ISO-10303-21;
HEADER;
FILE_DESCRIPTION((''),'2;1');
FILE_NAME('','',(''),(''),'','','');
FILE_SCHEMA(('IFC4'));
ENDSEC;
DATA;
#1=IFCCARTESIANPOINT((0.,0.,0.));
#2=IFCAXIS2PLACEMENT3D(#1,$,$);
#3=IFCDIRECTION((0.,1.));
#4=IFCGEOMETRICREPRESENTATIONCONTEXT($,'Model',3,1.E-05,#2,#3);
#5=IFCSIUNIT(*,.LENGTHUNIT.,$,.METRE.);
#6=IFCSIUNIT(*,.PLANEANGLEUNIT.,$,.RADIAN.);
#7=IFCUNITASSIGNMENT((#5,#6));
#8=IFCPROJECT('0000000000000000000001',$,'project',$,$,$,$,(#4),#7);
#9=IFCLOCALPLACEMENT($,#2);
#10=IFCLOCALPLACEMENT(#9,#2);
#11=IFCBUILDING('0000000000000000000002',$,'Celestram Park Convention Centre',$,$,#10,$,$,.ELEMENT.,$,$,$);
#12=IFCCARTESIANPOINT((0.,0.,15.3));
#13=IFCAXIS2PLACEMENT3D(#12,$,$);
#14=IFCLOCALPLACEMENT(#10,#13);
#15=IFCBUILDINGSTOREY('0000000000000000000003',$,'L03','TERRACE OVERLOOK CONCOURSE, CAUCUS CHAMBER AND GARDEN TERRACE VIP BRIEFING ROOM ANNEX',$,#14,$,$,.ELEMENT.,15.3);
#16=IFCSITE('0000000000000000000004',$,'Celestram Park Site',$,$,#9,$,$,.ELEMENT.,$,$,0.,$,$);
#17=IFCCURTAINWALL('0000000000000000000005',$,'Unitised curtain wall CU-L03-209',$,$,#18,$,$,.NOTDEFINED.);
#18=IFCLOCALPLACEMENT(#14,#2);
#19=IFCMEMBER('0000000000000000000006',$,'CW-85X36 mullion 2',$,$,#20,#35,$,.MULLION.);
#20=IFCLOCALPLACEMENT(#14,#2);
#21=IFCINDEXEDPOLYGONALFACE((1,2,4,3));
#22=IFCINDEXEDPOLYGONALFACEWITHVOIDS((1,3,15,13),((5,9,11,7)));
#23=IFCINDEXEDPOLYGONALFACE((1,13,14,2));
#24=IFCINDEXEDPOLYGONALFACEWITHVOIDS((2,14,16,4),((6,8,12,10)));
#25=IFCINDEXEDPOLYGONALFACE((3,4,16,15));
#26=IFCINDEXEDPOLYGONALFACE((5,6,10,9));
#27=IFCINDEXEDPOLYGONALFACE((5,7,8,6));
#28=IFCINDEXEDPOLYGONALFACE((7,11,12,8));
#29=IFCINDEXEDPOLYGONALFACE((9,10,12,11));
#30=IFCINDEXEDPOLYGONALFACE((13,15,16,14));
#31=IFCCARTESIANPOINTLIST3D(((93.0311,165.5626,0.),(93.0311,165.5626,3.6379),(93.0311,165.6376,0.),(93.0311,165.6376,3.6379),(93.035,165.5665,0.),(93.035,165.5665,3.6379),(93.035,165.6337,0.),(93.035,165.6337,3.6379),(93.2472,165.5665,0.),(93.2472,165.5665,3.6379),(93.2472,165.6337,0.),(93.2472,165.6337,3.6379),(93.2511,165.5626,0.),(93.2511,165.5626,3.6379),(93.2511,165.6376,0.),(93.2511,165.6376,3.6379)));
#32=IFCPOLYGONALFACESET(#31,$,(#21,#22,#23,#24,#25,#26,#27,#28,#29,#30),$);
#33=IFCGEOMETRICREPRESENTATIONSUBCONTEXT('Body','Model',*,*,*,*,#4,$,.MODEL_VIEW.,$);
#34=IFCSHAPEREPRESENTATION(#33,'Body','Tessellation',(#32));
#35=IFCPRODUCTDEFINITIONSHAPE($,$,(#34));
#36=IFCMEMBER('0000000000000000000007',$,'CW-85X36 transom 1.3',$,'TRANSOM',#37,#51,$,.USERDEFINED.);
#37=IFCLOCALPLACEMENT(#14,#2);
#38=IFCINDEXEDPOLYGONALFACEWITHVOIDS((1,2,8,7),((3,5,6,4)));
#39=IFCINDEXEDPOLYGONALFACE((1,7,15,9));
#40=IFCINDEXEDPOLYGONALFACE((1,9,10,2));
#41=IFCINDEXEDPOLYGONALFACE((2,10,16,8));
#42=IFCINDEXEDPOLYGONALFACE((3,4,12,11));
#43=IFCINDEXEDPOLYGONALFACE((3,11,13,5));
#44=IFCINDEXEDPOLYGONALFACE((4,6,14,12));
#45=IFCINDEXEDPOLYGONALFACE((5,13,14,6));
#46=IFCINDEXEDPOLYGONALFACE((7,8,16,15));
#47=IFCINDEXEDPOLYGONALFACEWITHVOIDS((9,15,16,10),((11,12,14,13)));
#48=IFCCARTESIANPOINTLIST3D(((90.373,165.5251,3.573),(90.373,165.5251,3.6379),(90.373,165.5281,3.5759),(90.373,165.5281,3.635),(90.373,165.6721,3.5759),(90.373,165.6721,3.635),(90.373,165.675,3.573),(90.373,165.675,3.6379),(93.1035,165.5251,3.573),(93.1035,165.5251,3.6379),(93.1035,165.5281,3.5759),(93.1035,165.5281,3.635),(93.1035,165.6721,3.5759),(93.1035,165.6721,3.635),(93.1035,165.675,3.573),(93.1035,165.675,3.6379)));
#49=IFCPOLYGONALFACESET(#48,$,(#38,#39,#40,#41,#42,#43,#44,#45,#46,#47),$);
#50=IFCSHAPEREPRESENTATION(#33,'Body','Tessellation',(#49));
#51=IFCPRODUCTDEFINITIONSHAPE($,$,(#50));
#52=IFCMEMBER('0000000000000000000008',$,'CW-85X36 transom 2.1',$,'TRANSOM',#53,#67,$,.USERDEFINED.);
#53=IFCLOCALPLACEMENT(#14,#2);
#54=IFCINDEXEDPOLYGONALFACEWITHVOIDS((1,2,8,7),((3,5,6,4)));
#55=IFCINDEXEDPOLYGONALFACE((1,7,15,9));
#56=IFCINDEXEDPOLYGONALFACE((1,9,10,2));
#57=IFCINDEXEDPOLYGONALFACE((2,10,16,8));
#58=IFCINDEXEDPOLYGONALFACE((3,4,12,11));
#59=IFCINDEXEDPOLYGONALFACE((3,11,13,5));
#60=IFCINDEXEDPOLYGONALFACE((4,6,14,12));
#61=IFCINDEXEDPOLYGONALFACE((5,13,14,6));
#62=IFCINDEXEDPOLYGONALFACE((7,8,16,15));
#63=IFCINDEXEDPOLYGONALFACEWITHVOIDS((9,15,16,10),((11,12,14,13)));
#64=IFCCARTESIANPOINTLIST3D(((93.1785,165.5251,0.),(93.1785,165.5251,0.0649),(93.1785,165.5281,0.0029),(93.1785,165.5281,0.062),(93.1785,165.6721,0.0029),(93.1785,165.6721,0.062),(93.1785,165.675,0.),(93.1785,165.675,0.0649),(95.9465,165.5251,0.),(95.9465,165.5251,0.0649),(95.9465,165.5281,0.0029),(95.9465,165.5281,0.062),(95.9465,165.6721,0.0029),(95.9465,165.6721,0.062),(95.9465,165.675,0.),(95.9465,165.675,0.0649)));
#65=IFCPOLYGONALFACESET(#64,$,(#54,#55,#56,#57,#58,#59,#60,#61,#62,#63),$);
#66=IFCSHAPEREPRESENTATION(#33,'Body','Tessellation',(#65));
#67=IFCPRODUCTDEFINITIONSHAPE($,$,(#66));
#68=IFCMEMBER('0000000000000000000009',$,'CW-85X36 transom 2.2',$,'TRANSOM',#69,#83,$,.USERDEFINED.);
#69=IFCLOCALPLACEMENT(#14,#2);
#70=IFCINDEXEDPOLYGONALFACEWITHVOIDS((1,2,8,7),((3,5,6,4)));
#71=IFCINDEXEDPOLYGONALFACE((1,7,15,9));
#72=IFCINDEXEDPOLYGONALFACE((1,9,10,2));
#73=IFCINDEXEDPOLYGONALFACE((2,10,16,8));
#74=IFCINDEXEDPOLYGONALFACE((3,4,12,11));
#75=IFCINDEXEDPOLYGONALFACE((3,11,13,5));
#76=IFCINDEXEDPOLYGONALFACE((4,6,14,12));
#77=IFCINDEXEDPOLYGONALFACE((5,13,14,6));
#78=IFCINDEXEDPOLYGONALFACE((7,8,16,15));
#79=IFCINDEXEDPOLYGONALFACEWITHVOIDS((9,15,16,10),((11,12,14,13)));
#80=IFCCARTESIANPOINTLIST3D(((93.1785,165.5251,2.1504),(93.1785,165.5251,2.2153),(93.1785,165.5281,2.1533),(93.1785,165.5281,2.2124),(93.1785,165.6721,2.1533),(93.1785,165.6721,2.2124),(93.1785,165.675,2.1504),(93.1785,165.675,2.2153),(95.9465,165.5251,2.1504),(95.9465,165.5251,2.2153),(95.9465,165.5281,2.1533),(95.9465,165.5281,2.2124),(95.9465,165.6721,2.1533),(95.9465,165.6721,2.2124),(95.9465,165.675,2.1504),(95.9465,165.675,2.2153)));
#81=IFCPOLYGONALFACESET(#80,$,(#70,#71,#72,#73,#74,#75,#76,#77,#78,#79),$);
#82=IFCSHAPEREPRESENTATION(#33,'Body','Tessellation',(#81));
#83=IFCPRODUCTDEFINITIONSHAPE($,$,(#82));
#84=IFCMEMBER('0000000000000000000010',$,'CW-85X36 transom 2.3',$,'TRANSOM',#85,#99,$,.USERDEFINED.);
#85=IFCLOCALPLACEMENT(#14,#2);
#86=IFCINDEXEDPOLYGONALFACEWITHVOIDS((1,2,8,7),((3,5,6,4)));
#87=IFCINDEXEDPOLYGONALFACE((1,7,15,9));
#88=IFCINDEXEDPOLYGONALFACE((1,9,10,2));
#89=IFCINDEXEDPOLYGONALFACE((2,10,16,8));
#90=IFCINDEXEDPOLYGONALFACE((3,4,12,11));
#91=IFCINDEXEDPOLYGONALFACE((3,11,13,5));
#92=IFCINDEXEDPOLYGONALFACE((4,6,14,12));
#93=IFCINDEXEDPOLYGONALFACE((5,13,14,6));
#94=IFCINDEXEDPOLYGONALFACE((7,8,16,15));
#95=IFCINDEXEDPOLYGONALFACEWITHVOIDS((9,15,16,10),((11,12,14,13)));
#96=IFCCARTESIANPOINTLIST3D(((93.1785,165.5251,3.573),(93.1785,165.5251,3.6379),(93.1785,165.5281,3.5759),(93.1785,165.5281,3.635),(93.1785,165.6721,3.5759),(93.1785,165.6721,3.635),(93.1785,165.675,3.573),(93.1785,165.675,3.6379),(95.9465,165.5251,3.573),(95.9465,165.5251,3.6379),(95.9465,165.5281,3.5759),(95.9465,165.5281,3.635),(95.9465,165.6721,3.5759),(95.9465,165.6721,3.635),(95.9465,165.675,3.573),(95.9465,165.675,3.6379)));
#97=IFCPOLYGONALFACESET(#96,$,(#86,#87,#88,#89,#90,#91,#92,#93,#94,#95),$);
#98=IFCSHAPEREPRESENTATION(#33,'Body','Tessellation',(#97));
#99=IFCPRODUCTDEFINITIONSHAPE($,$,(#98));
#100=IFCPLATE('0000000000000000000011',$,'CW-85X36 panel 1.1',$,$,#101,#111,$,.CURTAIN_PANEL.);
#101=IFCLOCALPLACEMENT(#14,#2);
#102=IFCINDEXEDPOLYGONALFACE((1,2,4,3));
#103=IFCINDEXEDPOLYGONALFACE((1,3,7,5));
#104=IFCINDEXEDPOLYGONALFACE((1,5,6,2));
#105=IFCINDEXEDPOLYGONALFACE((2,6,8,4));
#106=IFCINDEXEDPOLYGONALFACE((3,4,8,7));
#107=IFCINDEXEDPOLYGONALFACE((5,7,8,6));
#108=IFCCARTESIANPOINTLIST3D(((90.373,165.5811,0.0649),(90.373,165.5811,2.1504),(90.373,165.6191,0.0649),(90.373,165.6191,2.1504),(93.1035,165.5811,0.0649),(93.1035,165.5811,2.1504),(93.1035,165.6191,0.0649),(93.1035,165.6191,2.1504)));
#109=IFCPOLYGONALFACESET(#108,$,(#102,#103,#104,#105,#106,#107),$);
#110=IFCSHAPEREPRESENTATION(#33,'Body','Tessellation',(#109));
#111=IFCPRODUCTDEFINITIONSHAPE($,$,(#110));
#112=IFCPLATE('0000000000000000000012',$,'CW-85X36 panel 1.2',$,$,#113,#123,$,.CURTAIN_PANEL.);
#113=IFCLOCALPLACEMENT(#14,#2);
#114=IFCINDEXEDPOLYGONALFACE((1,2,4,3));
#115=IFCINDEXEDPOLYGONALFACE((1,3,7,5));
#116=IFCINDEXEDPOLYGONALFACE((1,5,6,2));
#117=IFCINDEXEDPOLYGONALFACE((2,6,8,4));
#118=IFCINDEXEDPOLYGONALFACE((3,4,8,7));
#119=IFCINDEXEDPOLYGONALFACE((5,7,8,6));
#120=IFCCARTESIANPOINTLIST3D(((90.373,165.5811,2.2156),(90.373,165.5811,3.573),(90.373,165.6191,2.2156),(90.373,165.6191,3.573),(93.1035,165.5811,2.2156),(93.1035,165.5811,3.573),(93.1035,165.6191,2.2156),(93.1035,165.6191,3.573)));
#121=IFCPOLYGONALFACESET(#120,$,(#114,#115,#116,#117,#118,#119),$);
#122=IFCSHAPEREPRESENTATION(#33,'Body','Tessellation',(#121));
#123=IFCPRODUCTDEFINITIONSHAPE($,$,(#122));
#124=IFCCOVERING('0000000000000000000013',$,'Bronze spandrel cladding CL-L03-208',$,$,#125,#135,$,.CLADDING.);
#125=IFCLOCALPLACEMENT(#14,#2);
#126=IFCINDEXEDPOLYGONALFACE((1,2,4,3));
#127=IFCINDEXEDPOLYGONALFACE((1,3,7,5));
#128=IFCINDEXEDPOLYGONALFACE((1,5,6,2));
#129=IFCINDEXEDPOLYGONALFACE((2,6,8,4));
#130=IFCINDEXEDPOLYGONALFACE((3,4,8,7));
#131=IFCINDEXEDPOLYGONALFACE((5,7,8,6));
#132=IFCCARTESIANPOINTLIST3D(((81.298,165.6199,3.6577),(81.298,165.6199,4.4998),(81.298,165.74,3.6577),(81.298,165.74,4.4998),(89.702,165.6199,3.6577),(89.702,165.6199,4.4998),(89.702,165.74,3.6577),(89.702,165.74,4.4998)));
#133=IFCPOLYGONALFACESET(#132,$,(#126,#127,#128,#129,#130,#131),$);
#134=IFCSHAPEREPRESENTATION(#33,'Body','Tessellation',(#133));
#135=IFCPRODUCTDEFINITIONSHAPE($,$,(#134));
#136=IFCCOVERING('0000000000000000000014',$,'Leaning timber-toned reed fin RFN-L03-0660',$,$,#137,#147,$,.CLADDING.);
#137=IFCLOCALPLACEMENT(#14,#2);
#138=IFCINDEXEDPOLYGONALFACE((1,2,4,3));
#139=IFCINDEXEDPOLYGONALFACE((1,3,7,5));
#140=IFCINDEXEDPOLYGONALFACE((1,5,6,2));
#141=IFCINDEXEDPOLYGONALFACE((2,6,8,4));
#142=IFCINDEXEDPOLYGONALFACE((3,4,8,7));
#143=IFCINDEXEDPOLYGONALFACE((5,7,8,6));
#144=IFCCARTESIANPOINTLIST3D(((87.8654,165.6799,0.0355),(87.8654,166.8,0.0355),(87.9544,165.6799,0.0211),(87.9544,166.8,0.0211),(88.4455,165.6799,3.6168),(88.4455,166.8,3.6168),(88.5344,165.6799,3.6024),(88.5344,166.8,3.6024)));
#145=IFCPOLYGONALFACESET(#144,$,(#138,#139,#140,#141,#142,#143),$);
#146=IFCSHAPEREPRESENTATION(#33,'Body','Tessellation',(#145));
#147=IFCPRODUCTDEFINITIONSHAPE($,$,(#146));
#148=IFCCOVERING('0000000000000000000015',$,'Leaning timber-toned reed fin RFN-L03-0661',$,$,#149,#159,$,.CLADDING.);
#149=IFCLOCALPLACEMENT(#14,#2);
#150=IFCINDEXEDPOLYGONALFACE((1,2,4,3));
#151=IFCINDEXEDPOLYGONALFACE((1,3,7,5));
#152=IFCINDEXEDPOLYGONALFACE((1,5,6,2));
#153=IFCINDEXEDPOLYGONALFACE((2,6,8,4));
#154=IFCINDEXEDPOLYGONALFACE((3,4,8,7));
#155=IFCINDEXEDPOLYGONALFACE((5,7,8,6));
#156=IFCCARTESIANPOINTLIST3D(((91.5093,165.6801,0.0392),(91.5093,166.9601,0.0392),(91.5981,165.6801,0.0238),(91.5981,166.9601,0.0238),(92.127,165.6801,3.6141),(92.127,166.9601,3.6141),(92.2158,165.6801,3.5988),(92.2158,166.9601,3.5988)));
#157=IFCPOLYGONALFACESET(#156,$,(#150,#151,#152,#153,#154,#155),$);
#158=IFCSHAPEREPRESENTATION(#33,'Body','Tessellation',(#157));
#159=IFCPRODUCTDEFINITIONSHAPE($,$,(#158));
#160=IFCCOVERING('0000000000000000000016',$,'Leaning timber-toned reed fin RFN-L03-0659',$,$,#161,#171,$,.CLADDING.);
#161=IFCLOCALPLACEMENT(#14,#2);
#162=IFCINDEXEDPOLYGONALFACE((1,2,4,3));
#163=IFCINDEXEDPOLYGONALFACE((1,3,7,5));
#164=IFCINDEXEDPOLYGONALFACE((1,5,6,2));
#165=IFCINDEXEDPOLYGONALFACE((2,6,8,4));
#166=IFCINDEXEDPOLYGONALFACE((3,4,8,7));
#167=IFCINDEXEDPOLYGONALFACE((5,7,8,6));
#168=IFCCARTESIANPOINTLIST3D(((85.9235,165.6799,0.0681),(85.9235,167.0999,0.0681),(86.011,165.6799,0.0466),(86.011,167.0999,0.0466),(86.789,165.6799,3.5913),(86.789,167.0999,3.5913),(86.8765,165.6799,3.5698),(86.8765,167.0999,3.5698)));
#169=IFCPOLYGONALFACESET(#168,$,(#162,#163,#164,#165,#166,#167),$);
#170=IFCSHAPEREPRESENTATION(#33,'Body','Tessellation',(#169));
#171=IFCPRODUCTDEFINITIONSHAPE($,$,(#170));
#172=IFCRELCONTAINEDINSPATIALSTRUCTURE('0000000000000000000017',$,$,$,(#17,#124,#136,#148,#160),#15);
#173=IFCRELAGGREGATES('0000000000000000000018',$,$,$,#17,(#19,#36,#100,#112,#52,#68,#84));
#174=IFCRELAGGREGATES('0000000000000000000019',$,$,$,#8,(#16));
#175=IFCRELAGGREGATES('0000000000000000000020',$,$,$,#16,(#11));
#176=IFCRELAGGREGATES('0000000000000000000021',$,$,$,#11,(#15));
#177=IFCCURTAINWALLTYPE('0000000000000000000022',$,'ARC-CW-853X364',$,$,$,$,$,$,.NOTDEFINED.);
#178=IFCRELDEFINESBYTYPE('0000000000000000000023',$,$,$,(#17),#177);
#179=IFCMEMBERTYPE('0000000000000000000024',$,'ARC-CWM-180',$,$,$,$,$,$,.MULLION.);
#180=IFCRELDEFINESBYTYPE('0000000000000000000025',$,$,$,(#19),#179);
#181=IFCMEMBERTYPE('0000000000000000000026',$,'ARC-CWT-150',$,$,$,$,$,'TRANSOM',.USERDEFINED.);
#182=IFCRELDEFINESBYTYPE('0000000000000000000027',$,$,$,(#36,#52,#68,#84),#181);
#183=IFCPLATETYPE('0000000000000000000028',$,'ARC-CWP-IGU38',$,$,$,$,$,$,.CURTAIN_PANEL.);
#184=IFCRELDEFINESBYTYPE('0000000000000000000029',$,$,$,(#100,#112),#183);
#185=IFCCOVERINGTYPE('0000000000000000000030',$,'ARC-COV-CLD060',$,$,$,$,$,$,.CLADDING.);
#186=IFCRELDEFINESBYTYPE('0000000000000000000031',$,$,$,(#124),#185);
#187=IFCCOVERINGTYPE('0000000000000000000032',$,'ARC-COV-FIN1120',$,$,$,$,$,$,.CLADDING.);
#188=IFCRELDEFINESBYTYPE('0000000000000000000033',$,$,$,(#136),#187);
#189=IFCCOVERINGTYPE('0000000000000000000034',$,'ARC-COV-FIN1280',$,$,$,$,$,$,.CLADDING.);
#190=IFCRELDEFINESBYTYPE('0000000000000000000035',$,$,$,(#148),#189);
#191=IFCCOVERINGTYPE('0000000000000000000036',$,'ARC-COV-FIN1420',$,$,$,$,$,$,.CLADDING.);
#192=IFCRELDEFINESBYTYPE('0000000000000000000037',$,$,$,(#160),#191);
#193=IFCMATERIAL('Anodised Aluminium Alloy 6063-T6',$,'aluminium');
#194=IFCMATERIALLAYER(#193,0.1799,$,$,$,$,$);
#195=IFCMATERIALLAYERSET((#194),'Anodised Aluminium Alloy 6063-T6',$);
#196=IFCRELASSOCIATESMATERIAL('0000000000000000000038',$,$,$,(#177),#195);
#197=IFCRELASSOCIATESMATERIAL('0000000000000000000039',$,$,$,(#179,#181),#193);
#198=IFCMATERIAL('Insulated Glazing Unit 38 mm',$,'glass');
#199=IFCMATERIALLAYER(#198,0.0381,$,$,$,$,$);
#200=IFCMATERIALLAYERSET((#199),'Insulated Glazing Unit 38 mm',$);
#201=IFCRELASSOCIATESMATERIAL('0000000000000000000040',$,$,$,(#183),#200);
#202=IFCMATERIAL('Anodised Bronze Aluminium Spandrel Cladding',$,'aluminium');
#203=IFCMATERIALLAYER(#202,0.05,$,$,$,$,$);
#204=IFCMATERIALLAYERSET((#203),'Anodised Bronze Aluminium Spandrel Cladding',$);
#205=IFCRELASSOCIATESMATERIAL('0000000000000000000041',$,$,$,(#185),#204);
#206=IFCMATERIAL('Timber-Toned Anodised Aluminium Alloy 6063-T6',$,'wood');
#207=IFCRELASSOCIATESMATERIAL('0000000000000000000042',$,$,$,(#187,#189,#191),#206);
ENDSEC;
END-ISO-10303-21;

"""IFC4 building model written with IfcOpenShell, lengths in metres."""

from ifc_helpers import new_model, si_unit, direction, frame, origin, origin_2d, place, context, subcontext, project, spatial, rectangle, hollow_rectangle, extrude, material, layer, layer_set, material_profile, profile_set, type_object, element, aggregate, save


model = new_model("IFC4")

# Units and contexts
model_context = context("Model", 3, precision=1e-05, world=origin(), true_north=direction((0.0, 1.0)))
body_context = subcontext(model_context, "Body", "Model", "MODEL_VIEW")
ifc_project = project(units=[si_unit("LENGTHUNIT", "METRE"), si_unit("PLANEANGLEUNIT", "RADIAN")], contexts=[model_context])

# Site, building, storey
site_placement = place(None, origin())
site = spatial("IfcSite", under=ifc_project, at=site_placement, Name="Celestram Park Site", CompositionType="ELEMENT", RefElevation=0.0)
building_placement = place(site_placement, origin())
building = spatial("IfcBuilding", under=site, at=building_placement, Name="Celestram Park Convention Centre", CompositionType="ELEMENT")
storey_placement = place(building_placement, frame((0.0, 0.0, 15.3)))
storey = spatial("IfcBuildingStorey", under=building, at=storey_placement, Name="L03", Description="TERRACE OVERLOOK CONCOURSE, CAUCUS CHAMBER AND GARDEN TERRACE VIP BRIEFING ROOM ANNEX", CompositionType="ELEMENT", Elevation=15.3)

# Curtain wall, members, plates
ifc_material_1 = material(Name="Anodised Aluminium Alloy 6063-T6", Category="aluminium")
ifc_layer_1 = layer(ifc_material_1, 0.1799)
ifc_layer_set_1 = layer_set([ifc_layer_1], Name="Anodised Aluminium Alloy 6063-T6")
curtain_wall_type = type_object("IfcCurtainWallType", Name="ARC-CW-853X364", PredefinedType="NOTDEFINED", material=ifc_layer_set_1)
curtain_wall_placement = place(storey_placement, origin())
curtain_wall = element("IfcCurtainWall", 1, at=curtain_wall_placement, inside=storey, type_object=curtain_wall_type, Name="Unitised curtain wall CU-L03-209", PredefinedType="NOTDEFINED")
ifc_material_profile_1 = material_profile(ifc_material_1, hollow_rectangle(XDim=0.075, YDim=0.22, WallThickness=0.0039, at=origin_2d()), Name="ALU75X220X4")
ifc_profile_set_1 = profile_set([ifc_material_profile_1], Name="Anodised Aluminium Alloy 6063-T6")
member_type_1 = type_object("IfcMemberType", Name="ARC-CWM-180", PredefinedType="MULLION", material=ifc_profile_set_1)
member_1_placement = place(storey_placement, frame((93.1411, 165.6001, 0.0), z_axis=(0.0, 0.0, 1.0), x_axis=(0.0, 1.0, 0.0)))
member_1 = element("IfcMember", 2, at=member_1_placement, type_object=member_type_1, Name="CW-85X36 mullion 2", PredefinedType="MULLION", context=body_context, shape_type="SweptSolid", body=[
    extrude(hollow_rectangle(XDim=0.075, YDim=0.22, WallThickness=0.0039, at=origin_2d()), origin(), (0.0, 0.0, 1.0), 3.6379),
])
ifc_material_profile_2 = material_profile(ifc_material_1, hollow_rectangle(XDim=0.1499, YDim=0.0649, WallThickness=0.0029, at=origin_2d()), Name="ALU150X65X3")
ifc_profile_set_2 = profile_set([ifc_material_profile_2], Name="Anodised Aluminium Alloy 6063-T6")
member_type_2 = type_object("IfcMemberType", Name="ARC-CWT-150", ElementType="TRANSOM", PredefinedType="USERDEFINED", material=ifc_profile_set_2)
member_2_placement = place(storey_placement, frame((90.373, 165.6001, 3.6055), z_axis=(1.0, 0.0, 0.0), x_axis=(0.0, 1.0, 0.0)))
member_2 = element("IfcMember", 3, at=member_2_placement, type_object=member_type_2, Name="CW-85X36 transom 1.3", ObjectType="TRANSOM", PredefinedType="USERDEFINED", context=body_context, shape_type="SweptSolid", body=[
    extrude(hollow_rectangle(XDim=0.1499, YDim=0.0649, WallThickness=0.0029, at=origin_2d()), origin(), (0.0, 0.0, 1.0), 2.7305),
])
member_3_placement = place(storey_placement, frame((93.1785, 165.6001, 0.0325), z_axis=(1.0, 0.0, 0.0), x_axis=(0.0, 1.0, 0.0)))
member_3 = element("IfcMember", 4, at=member_3_placement, type_object=member_type_2, Name="CW-85X36 transom 2.1", ObjectType="TRANSOM", PredefinedType="USERDEFINED", context=body_context, shape_type="SweptSolid", body=[
    extrude(hollow_rectangle(XDim=0.1499, YDim=0.0649, WallThickness=0.0029, at=origin_2d()), origin(), (0.0, 0.0, 1.0), 2.7681),
])
member_4_placement = place(storey_placement, frame((93.1785, 165.6001, 2.1829), z_axis=(1.0, 0.0, 0.0), x_axis=(0.0, 1.0, 0.0)))
member_4 = element("IfcMember", 5, at=member_4_placement, type_object=member_type_2, Name="CW-85X36 transom 2.2", ObjectType="TRANSOM", PredefinedType="USERDEFINED", context=body_context, shape_type="SweptSolid", body=[
    extrude(hollow_rectangle(XDim=0.1499, YDim=0.0649, WallThickness=0.0029, at=origin_2d()), origin(), (0.0, 0.0, 1.0), 2.7681),
])
member_5_placement = place(storey_placement, frame((93.1785, 165.6001, 3.6055), z_axis=(1.0, 0.0, 0.0), x_axis=(0.0, 1.0, 0.0)))
member_5 = element("IfcMember", 6, at=member_5_placement, type_object=member_type_2, Name="CW-85X36 transom 2.3", ObjectType="TRANSOM", PredefinedType="USERDEFINED", context=body_context, shape_type="SweptSolid", body=[
    extrude(hollow_rectangle(XDim=0.1499, YDim=0.0649, WallThickness=0.0029, at=origin_2d()), origin(), (0.0, 0.0, 1.0), 2.7681),
])
ifc_material_2 = material(Name="Insulated Glazing Unit 38 mm", Category="glass")
ifc_layer_2 = layer(ifc_material_2, 0.0381)
ifc_layer_set_2 = layer_set([ifc_layer_2], Name="Insulated Glazing Unit 38 mm")
plate_type = type_object("IfcPlateType", Name="ARC-CWP-IGU38", PredefinedType="CURTAIN_PANEL", material=ifc_layer_set_2)
plate_1_placement = place(storey_placement, frame((91.7383, 165.6001, 0.0649), z_axis=(0.0, 0.0, 1.0), x_axis=(1.0, 0.0, 0.0)))
plate_1 = element("IfcPlate", 7, at=plate_1_placement, type_object=plate_type, Name="CW-85X36 panel 1.1", PredefinedType="CURTAIN_PANEL", context=body_context, shape_type="SweptSolid", body=[
    extrude(rectangle(XDim=2.7305, YDim=0.0381, at=origin_2d()), origin(), (0.0, 0.0, 1.0), 2.0854),
])
plate_2_placement = place(storey_placement, frame((91.7383, 165.6001, 2.2156), z_axis=(0.0, 0.0, 1.0), x_axis=(1.0, 0.0, 0.0)))
plate_2 = element("IfcPlate", 8, at=plate_2_placement, type_object=plate_type, Name="CW-85X36 panel 1.2", PredefinedType="CURTAIN_PANEL", context=body_context, shape_type="SweptSolid", body=[
    extrude(rectangle(XDim=2.7305, YDim=0.0381, at=origin_2d()), origin(), (0.0, 0.0, 1.0), 1.3574),
])
aggregate(curtain_wall, [member_1, member_2, plate_1, plate_2, member_3, member_4, member_5])

# Coverings
ifc_material_3 = material(Name="Anodised Bronze Aluminium Spandrel Cladding", Category="aluminium")
ifc_layer_3 = layer(ifc_material_3, 0.05)
ifc_layer_set_3 = layer_set([ifc_layer_3], Name="Anodised Bronze Aluminium Spandrel Cladding")
covering_type_1 = type_object("IfcCoveringType", Name="ARC-COV-CLD060", PredefinedType="CLADDING", material=ifc_layer_set_3)
covering_1_placement = place(storey_placement, frame((85.5, 165.6799, 3.6577), z_axis=(0.0, 0.0, 1.0), x_axis=(1.0, 0.0, 0.0)))
element("IfcCovering", 9, at=covering_1_placement, inside=storey, type_object=covering_type_1, Name="Bronze spandrel cladding CL-L03-208", PredefinedType="CLADDING", context=body_context, shape_type="SweptSolid", body=[
    extrude(rectangle(XDim=8.4041, YDim=0.1201, at=origin_2d()), origin(), (0.0, 0.0, 1.0), 0.842),
])
ifc_material_4 = material(Name="Timber-Toned Anodised Aluminium Alloy 6063-T6", Category="wood")
ifc_material_profile_3 = material_profile(ifc_material_4, rectangle(XDim=1.1201, YDim=0.0901, at=origin_2d()), Name="REED1120X90")
ifc_profile_set_3 = profile_set([ifc_material_profile_3], Name="Timber-Toned Anodised Aluminium Alloy 6063-T6")
covering_type_2 = type_object("IfcCoveringType", Name="ARC-COV-FIN1120", PredefinedType="CLADDING", material=ifc_profile_set_3)
covering_2_placement = place(storey_placement, frame((87.9099, 166.24, 0.0283), z_axis=(0.15989, 0.0, 0.987135), x_axis=(0.0, 1.0, 0.0)))
element("IfcCovering", 10, at=covering_2_placement, inside=storey, type_object=covering_type_2, Name="Leaning timber-toned reed fin RFN-L03-0660", PredefinedType="CLADDING", context=body_context, shape_type="SweptSolid", body=[
    extrude(rectangle(XDim=1.1201, YDim=0.0901, at=origin_2d()), origin(), (0.0, 0.0, 1.0), 3.6279),
])
ifc_material_profile_4 = material_profile(ifc_material_4, rectangle(XDim=1.28, YDim=0.0901, at=origin_2d()), Name="REED1280X90")
ifc_profile_set_4 = profile_set([ifc_material_profile_4], Name="Timber-Toned Anodised Aluminium Alloy 6063-T6")
covering_type_3 = type_object("IfcCoveringType", Name="ARC-COV-FIN1280", PredefinedType="CLADDING", material=ifc_profile_set_4)
covering_3_placement = place(storey_placement, frame((91.5537, 166.3201, 0.0315), z_axis=(0.170256, 0.0, 0.9854), x_axis=(0.0, 1.0, 0.0)))
element("IfcCovering", 11, at=covering_3_placement, inside=storey, type_object=covering_type_3, Name="Leaning timber-toned reed fin RFN-L03-0661", PredefinedType="CLADDING", context=body_context, shape_type="SweptSolid", body=[
    extrude(rectangle(XDim=1.28, YDim=0.0901, at=origin_2d()), origin(), (0.0, 0.0, 1.0), 3.6279),
])
ifc_material_profile_5 = material_profile(ifc_material_4, rectangle(XDim=1.4199, YDim=0.0901, at=origin_2d()), Name="REED1420X90")
ifc_profile_set_5 = profile_set([ifc_material_profile_5], Name="Timber-Toned Anodised Aluminium Alloy 6063-T6")
covering_type_4 = type_object("IfcCoveringType", Name="ARC-COV-FIN1420", PredefinedType="CLADDING", material=ifc_profile_set_5)
covering_4_placement = place(storey_placement, frame((85.9673, 166.3899, 0.0574), z_axis=(0.238559, 0.0, 0.971128), x_axis=(0.0, 1.0, 0.0)))
element("IfcCovering", 12, at=covering_4_placement, inside=storey, type_object=covering_type_4, Name="Leaning timber-toned reed fin RFN-L03-0659", PredefinedType="CLADDING", context=body_context, shape_type="SweptSolid", body=[
    extrude(rectangle(XDim=1.4199, YDim=0.0901, at=origin_2d()), origin(), (0.0, 0.0, 1.0), 3.6279),
])

save(model, "model.ifc")
